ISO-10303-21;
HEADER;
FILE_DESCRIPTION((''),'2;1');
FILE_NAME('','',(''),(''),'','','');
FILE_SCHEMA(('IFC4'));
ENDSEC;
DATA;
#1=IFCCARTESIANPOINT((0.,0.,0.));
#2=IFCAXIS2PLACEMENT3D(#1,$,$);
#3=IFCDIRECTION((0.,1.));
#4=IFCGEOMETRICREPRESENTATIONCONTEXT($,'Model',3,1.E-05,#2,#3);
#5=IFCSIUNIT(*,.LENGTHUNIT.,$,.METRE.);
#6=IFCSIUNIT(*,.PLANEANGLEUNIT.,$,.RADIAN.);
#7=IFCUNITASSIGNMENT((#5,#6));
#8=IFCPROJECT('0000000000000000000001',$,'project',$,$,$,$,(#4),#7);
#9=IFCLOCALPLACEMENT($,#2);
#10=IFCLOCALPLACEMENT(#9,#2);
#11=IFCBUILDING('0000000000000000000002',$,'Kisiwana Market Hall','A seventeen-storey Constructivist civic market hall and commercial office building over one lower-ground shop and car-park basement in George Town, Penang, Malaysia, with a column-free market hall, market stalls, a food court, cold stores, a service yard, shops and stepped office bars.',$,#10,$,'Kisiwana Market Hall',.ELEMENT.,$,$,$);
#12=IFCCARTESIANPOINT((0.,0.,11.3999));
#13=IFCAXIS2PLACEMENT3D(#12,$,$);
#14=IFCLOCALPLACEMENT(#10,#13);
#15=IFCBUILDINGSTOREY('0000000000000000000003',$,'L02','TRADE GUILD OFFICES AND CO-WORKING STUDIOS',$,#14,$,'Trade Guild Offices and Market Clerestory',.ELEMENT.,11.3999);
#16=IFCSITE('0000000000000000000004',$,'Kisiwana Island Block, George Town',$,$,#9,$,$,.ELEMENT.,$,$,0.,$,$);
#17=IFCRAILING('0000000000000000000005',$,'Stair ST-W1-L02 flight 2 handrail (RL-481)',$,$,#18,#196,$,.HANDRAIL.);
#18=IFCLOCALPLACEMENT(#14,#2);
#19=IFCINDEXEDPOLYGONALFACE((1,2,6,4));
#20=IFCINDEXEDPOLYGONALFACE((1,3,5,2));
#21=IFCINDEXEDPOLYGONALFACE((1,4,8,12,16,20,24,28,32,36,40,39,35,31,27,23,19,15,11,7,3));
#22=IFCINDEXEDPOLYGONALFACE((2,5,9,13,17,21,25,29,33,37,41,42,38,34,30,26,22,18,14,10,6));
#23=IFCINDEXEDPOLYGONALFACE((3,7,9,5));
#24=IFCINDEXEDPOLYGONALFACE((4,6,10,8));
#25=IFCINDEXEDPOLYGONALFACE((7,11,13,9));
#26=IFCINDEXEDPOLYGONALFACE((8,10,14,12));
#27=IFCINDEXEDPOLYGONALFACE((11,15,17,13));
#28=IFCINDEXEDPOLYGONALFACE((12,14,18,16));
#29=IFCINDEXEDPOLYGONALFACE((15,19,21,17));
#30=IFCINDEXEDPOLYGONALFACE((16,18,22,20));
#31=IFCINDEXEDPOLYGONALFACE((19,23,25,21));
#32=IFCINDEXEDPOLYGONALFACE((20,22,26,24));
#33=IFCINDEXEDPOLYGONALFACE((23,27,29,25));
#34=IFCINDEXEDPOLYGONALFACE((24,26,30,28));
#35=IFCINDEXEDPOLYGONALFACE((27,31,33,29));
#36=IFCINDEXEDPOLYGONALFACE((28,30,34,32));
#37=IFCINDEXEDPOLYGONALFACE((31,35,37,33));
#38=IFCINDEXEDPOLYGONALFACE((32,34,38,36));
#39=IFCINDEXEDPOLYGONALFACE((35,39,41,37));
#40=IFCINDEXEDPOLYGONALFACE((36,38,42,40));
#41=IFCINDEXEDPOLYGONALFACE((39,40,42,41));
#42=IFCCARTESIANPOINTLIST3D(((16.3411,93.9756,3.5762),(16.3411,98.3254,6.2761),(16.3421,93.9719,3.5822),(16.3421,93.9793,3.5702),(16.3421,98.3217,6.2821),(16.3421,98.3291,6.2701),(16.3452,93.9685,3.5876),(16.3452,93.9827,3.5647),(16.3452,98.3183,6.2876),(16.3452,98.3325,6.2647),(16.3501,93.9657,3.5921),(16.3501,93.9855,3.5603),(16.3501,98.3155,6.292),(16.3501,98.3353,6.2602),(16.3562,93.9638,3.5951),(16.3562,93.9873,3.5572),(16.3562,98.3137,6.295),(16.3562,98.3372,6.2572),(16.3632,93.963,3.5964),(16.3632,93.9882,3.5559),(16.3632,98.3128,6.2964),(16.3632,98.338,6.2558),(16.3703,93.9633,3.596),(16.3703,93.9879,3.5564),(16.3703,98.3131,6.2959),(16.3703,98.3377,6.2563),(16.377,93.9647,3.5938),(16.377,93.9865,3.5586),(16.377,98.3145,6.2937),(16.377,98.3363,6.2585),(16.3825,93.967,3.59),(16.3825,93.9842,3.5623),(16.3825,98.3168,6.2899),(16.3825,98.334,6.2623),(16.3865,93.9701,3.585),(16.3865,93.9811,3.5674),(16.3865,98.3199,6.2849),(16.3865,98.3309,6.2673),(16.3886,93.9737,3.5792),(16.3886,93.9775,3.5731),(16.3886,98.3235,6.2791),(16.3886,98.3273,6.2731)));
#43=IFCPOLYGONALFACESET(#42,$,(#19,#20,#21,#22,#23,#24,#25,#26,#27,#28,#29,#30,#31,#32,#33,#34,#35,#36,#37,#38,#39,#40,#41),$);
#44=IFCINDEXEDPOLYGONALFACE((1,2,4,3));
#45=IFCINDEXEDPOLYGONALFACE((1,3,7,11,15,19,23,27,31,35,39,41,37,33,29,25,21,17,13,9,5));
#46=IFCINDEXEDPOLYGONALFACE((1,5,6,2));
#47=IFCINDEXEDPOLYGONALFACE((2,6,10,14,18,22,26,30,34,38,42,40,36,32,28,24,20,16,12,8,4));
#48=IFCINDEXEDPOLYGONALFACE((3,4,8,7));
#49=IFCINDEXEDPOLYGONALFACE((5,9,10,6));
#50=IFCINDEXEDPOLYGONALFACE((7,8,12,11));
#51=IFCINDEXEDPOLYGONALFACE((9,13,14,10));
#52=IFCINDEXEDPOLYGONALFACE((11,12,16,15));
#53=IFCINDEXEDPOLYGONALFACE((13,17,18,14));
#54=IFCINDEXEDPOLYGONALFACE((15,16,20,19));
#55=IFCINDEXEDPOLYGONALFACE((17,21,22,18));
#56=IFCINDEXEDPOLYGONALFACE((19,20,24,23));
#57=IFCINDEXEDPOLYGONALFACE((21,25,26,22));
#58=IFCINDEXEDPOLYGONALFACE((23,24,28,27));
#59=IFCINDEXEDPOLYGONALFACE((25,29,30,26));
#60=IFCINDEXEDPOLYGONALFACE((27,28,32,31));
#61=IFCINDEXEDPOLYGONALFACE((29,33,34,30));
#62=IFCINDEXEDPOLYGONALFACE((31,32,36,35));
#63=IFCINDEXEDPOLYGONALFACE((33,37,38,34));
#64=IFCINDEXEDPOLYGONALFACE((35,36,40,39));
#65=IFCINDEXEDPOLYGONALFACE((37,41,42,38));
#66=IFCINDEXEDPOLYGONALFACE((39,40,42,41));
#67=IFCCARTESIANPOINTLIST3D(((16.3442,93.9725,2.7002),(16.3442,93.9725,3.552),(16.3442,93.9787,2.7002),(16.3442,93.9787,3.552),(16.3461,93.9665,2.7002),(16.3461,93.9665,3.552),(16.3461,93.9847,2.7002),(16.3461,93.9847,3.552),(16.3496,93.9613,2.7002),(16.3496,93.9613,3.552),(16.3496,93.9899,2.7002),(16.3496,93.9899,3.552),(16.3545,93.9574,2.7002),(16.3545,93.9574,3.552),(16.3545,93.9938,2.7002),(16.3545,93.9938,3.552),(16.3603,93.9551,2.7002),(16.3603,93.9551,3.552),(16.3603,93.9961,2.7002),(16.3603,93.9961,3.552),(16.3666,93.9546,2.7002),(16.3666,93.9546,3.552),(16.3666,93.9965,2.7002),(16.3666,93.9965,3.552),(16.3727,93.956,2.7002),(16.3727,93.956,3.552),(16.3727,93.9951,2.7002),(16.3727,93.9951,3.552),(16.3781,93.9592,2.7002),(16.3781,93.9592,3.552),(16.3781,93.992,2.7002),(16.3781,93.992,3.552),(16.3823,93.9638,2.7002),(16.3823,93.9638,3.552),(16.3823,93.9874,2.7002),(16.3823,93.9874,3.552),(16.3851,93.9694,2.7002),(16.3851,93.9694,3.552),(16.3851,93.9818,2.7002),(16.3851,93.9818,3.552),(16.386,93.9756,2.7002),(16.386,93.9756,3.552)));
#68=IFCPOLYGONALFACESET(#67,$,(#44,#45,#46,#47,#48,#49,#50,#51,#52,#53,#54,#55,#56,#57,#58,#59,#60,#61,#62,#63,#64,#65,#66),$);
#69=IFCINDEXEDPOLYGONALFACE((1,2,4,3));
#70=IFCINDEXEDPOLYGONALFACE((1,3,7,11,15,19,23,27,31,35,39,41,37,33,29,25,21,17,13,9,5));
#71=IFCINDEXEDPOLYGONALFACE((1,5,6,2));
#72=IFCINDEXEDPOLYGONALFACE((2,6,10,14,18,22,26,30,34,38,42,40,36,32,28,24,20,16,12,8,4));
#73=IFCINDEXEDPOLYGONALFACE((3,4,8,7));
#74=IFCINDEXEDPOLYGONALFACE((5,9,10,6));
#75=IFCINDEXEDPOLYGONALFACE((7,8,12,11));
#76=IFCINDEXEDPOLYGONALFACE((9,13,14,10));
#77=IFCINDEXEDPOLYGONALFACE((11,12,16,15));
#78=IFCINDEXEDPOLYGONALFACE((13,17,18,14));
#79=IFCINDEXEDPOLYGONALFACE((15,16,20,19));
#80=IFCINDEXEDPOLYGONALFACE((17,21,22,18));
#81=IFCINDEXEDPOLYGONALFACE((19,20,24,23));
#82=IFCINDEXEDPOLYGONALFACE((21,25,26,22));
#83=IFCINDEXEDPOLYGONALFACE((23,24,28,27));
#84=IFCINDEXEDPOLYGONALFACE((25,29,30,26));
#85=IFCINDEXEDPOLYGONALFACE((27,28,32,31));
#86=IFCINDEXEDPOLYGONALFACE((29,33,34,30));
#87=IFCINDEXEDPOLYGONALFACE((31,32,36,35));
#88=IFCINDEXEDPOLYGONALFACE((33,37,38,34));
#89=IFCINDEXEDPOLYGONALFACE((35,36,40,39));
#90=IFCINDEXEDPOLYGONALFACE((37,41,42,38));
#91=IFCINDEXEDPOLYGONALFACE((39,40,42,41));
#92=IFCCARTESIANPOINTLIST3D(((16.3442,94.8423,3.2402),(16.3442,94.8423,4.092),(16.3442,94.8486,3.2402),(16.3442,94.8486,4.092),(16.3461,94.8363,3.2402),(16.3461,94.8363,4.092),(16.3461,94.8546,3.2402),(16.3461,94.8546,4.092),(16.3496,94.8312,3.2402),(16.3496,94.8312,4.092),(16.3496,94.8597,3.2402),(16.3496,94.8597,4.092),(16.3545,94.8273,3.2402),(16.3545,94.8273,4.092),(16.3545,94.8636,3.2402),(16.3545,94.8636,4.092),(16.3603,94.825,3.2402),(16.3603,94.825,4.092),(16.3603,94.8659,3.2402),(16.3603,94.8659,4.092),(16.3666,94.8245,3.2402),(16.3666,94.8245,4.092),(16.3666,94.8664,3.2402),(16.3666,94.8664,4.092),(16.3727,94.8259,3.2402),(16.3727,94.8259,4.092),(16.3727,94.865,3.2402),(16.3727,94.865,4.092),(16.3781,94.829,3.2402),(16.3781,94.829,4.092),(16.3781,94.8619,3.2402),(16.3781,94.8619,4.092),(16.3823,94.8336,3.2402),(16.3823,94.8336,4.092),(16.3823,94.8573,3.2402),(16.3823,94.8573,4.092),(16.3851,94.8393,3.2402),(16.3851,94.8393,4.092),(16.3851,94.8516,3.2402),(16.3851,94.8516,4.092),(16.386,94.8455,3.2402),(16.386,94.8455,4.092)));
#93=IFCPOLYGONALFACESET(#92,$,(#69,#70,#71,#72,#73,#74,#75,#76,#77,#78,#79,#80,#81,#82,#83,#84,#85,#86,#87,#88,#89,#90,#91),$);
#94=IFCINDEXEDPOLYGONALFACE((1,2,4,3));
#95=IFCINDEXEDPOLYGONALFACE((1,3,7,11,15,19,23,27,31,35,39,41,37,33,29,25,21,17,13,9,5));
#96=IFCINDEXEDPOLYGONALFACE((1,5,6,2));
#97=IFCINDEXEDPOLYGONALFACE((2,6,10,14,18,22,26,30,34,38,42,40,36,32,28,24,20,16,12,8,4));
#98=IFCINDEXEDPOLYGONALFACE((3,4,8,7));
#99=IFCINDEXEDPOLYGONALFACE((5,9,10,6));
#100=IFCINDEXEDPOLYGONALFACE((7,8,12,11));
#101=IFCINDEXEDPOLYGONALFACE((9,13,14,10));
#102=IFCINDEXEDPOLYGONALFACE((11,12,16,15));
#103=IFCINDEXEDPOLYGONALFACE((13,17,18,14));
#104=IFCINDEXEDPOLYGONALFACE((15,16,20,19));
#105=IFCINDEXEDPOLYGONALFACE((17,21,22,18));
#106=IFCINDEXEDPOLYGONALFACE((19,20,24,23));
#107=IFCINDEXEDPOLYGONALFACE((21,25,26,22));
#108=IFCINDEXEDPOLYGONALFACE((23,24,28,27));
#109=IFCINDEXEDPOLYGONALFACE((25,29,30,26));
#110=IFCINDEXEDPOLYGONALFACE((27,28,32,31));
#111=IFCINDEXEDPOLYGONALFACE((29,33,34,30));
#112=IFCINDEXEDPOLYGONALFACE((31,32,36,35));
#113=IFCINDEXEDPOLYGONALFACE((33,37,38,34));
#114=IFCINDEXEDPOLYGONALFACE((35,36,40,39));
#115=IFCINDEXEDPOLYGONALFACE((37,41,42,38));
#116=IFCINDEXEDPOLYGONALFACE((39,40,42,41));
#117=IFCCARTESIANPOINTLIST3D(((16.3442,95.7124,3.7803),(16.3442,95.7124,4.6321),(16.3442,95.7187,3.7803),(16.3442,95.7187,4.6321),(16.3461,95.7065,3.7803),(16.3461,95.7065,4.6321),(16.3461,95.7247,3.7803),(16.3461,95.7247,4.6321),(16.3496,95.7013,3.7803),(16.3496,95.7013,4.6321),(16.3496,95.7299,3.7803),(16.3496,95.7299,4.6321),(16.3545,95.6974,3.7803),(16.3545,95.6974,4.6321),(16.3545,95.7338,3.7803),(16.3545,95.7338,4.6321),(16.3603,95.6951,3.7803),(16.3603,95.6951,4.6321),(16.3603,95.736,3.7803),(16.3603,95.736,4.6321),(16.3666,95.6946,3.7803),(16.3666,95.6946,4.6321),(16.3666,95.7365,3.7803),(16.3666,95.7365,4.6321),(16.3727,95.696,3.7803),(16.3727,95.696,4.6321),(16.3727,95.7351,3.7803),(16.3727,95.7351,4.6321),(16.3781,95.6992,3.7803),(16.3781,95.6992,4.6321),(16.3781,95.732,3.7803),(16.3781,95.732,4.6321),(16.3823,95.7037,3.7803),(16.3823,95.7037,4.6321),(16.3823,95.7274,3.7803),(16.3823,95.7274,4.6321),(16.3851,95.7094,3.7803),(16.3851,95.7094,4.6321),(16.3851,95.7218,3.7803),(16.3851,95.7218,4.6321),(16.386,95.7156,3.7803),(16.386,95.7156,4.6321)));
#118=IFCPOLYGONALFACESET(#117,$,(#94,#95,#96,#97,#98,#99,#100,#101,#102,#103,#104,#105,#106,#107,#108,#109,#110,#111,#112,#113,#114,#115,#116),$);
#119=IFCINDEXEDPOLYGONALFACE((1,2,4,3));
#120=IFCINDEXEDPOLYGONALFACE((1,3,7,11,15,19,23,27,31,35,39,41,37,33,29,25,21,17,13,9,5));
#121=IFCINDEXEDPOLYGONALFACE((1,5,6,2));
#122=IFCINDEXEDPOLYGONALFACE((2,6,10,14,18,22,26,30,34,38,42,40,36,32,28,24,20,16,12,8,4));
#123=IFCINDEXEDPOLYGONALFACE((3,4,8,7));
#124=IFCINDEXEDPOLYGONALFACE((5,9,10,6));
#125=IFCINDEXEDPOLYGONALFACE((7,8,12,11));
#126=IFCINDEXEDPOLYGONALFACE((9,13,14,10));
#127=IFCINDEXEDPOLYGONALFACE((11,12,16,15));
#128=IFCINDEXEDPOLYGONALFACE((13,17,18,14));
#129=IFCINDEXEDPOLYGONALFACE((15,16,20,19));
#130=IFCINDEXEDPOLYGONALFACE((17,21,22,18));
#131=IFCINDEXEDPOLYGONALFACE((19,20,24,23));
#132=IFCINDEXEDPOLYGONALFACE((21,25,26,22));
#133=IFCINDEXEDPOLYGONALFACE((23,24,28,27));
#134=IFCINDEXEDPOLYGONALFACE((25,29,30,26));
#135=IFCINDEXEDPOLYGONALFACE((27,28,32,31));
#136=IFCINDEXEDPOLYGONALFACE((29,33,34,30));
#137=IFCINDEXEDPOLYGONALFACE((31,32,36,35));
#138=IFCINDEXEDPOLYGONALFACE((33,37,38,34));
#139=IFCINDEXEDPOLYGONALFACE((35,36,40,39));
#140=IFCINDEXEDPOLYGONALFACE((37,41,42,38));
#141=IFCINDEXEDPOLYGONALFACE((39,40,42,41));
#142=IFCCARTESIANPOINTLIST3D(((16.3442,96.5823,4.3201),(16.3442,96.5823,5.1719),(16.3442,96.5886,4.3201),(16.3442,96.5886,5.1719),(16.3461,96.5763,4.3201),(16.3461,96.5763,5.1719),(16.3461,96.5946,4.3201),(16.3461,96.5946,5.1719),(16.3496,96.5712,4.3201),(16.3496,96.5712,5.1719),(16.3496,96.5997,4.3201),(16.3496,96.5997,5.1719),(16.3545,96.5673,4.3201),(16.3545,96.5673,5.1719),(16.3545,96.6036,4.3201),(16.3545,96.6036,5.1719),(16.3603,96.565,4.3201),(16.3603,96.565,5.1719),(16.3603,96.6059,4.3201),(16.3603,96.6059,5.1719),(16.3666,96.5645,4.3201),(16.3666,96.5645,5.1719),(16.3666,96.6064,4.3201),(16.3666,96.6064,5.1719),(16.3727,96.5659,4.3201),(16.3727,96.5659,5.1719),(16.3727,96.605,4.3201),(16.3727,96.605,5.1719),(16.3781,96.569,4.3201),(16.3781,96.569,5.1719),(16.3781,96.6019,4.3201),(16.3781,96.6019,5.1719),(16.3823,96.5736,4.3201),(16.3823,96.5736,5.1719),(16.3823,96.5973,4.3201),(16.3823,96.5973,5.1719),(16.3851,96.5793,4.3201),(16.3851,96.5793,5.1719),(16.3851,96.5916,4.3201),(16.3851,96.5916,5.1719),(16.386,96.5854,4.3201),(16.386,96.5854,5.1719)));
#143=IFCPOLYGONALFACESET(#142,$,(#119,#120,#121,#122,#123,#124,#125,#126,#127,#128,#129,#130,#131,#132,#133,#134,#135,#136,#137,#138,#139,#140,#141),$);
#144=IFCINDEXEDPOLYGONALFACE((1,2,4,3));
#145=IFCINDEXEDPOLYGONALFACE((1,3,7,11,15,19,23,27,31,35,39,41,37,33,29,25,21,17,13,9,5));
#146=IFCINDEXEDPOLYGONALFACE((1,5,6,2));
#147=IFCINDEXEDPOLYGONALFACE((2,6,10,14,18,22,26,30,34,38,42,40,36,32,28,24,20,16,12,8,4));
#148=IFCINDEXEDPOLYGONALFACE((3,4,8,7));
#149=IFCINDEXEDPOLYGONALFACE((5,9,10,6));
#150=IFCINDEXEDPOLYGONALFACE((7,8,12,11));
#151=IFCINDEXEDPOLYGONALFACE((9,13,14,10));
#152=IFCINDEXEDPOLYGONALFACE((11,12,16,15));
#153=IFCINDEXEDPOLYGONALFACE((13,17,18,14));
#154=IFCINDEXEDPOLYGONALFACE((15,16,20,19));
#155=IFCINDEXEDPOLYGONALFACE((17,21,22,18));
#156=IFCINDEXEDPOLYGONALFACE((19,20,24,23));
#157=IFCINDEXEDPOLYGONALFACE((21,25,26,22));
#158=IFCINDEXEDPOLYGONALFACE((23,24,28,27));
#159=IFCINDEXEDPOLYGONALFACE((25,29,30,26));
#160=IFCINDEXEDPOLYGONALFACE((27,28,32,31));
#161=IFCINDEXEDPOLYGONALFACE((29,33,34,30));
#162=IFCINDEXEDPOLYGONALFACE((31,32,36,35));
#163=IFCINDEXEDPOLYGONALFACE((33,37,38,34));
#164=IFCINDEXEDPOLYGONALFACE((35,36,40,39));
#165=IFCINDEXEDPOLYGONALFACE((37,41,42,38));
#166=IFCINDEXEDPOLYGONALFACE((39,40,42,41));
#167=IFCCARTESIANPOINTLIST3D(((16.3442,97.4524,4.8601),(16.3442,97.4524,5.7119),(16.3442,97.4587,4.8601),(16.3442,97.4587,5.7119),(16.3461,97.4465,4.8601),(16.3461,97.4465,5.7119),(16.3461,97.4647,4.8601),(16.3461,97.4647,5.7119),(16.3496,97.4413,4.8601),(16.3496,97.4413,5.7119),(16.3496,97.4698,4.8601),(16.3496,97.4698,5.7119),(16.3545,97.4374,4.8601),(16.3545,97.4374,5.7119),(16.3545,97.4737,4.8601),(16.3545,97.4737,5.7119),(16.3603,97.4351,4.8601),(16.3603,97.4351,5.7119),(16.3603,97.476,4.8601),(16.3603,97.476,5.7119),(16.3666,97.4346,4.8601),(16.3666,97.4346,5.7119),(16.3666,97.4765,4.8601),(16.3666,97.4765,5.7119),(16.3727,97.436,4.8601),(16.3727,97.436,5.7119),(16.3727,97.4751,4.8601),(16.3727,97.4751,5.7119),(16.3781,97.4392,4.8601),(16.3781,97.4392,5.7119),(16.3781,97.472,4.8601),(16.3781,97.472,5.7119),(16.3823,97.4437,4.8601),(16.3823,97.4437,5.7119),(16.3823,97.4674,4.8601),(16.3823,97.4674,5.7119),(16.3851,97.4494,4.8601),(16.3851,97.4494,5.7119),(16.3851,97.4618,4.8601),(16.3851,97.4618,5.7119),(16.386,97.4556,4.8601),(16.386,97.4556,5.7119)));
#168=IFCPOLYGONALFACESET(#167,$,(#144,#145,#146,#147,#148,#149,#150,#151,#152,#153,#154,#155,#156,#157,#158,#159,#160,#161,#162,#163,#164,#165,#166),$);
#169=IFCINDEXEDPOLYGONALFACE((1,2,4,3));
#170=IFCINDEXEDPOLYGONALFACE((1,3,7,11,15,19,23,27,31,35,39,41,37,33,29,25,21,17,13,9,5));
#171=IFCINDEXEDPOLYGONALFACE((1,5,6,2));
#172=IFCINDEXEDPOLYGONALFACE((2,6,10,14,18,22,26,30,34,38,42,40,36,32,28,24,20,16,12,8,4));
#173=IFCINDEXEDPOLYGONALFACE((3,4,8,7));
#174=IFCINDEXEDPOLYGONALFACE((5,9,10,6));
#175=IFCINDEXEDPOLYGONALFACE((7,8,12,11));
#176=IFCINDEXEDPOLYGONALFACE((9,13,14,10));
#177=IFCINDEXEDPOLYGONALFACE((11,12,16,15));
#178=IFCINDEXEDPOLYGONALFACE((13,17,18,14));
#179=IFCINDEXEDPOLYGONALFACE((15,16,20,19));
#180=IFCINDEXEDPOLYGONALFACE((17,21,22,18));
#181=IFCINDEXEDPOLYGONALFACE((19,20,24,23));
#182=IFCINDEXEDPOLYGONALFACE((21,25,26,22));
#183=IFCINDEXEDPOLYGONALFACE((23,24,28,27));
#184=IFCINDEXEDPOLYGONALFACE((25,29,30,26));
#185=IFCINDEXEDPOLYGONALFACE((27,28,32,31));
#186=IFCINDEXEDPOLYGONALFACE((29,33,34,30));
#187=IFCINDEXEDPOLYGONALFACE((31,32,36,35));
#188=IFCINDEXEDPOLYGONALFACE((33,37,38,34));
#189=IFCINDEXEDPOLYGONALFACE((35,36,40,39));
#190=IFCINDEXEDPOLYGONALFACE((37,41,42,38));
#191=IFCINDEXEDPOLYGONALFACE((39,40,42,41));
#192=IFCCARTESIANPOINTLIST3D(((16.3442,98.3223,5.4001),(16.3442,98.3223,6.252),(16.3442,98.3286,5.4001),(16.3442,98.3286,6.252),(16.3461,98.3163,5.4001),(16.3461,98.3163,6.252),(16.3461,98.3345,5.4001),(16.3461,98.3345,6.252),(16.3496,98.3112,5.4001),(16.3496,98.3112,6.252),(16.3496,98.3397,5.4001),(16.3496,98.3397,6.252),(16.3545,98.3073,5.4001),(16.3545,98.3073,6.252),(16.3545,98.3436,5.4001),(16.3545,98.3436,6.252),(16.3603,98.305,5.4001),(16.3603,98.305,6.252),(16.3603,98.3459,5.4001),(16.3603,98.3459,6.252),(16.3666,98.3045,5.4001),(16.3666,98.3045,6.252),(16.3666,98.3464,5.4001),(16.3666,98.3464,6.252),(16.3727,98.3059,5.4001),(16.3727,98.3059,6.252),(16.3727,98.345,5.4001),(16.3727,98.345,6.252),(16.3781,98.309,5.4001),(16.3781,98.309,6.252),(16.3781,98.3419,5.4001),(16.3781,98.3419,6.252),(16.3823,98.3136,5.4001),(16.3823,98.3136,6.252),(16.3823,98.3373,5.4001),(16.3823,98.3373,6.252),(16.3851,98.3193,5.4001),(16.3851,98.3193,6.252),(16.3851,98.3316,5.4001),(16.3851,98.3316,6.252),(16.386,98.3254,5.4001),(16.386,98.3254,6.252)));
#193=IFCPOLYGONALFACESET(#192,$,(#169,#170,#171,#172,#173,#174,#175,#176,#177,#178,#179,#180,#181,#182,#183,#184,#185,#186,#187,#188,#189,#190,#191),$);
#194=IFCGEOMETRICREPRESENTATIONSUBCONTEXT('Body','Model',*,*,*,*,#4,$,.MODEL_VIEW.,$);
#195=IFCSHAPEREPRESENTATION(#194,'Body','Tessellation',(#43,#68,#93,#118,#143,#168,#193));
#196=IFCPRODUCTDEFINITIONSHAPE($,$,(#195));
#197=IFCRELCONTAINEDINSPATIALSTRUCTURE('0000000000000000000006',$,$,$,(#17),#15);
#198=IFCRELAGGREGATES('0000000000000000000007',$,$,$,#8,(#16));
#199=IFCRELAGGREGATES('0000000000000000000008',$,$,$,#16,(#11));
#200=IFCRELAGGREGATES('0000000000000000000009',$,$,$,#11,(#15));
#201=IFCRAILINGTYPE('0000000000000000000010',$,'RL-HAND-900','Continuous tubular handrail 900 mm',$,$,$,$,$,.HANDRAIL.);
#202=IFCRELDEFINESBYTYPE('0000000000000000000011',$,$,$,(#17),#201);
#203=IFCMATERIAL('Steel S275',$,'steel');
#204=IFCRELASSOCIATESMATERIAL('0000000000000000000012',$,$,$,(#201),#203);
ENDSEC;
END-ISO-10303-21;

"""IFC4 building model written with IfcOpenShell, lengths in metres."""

from ifc_helpers import new_model, si_unit, direction, frame, origin, origin_2d, place, context, subcontext, project, spatial, circle, extrude, material, type_object, element, save


model = new_model("IFC4")

# Units and contexts
model_context = context("Model", 3, precision=1e-05, world=origin(), true_north=direction((0.0, 1.0)))
body_context = subcontext(model_context, "Body", "Model", "MODEL_VIEW")
ifc_project = project(units=[si_unit("LENGTHUNIT", "METRE"), si_unit("PLANEANGLEUNIT", "RADIAN")], contexts=[model_context])

# Site, building, storey
site_placement = place(None, origin())
site = spatial("IfcSite", under=ifc_project, at=site_placement, Name="Kisiwana Island Block, George Town", CompositionType="ELEMENT", RefElevation=0.0)
building_placement = place(site_placement, origin())
building = spatial("IfcBuilding", under=site, at=building_placement, Name="Kisiwana Market Hall", Description="A seventeen-storey Constructivist civic market hall and commercial office building over one lower-ground shop and car-park basement in George Town, Penang, Malaysia, with a column-free market hall, market stalls, a food court, cold stores, a service yard, shops and stepped office bars.", LongName="Kisiwana Market Hall", CompositionType="ELEMENT")
storey_placement = place(building_placement, frame((0.0, 0.0, 11.3999)))
storey = spatial("IfcBuildingStorey", under=building, at=storey_placement, Name="L02", Description="TRADE GUILD OFFICES AND CO-WORKING STUDIOS", LongName="Trade Guild Offices and Market Clerestory", CompositionType="ELEMENT", Elevation=11.3999)

# Railing
ifc_material_1 = material(Name="Steel S275", Category="steel")
railing_type_1 = type_object("IfcRailingType", Name="RL-HAND-900", Description="Continuous tubular handrail 900 mm", PredefinedType="HANDRAIL", material=ifc_material_1)
railing_1_placement = place(storey_placement, frame((16.365, 93.9756, 2.7002)))
element("IfcRailing", 1, at=railing_1_placement, inside=storey, type_object=railing_type_1, Name="Stair ST-W1-L02 flight 2 handrail (RL-481)", PredefinedType="HANDRAIL", context=body_context, shape_type="SweptSolid", body=[
    extrude(circle(Radius=0.0239, at=origin_2d()), frame((0.0, 0.0, 0.876), z_axis=(0.0, 0.849636, 0.527369), x_axis=(-1.0, 0.0, 0.0)), (0.0, 0.0, 1.0), 5.1196),
    extrude(circle(Radius=0.021, at=origin_2d()), origin(), (0.0, 0.0, 1.0), 0.8518),
    extrude(circle(Radius=0.021, at=origin_2d()), frame((0.0, 0.8699, 0.54)), (0.0, 0.0, 1.0), 0.8518),
    extrude(circle(Radius=0.021, at=origin_2d()), frame((0.0, 1.74, 1.0801)), (0.0, 0.0, 1.0), 0.8518),
    extrude(circle(Radius=0.021, at=origin_2d()), frame((0.0, 2.6099, 1.6199)), (0.0, 0.0, 1.0), 0.8518),
    extrude(circle(Radius=0.021, at=origin_2d()), frame((0.0, 3.48, 2.1599)), (0.0, 0.0, 1.0), 0.8518),
    extrude(circle(Radius=0.021, at=origin_2d()), frame((0.0, 4.3499, 2.7)), (0.0, 0.0, 1.0), 0.8518),
])

save(model, "model.ifc")
